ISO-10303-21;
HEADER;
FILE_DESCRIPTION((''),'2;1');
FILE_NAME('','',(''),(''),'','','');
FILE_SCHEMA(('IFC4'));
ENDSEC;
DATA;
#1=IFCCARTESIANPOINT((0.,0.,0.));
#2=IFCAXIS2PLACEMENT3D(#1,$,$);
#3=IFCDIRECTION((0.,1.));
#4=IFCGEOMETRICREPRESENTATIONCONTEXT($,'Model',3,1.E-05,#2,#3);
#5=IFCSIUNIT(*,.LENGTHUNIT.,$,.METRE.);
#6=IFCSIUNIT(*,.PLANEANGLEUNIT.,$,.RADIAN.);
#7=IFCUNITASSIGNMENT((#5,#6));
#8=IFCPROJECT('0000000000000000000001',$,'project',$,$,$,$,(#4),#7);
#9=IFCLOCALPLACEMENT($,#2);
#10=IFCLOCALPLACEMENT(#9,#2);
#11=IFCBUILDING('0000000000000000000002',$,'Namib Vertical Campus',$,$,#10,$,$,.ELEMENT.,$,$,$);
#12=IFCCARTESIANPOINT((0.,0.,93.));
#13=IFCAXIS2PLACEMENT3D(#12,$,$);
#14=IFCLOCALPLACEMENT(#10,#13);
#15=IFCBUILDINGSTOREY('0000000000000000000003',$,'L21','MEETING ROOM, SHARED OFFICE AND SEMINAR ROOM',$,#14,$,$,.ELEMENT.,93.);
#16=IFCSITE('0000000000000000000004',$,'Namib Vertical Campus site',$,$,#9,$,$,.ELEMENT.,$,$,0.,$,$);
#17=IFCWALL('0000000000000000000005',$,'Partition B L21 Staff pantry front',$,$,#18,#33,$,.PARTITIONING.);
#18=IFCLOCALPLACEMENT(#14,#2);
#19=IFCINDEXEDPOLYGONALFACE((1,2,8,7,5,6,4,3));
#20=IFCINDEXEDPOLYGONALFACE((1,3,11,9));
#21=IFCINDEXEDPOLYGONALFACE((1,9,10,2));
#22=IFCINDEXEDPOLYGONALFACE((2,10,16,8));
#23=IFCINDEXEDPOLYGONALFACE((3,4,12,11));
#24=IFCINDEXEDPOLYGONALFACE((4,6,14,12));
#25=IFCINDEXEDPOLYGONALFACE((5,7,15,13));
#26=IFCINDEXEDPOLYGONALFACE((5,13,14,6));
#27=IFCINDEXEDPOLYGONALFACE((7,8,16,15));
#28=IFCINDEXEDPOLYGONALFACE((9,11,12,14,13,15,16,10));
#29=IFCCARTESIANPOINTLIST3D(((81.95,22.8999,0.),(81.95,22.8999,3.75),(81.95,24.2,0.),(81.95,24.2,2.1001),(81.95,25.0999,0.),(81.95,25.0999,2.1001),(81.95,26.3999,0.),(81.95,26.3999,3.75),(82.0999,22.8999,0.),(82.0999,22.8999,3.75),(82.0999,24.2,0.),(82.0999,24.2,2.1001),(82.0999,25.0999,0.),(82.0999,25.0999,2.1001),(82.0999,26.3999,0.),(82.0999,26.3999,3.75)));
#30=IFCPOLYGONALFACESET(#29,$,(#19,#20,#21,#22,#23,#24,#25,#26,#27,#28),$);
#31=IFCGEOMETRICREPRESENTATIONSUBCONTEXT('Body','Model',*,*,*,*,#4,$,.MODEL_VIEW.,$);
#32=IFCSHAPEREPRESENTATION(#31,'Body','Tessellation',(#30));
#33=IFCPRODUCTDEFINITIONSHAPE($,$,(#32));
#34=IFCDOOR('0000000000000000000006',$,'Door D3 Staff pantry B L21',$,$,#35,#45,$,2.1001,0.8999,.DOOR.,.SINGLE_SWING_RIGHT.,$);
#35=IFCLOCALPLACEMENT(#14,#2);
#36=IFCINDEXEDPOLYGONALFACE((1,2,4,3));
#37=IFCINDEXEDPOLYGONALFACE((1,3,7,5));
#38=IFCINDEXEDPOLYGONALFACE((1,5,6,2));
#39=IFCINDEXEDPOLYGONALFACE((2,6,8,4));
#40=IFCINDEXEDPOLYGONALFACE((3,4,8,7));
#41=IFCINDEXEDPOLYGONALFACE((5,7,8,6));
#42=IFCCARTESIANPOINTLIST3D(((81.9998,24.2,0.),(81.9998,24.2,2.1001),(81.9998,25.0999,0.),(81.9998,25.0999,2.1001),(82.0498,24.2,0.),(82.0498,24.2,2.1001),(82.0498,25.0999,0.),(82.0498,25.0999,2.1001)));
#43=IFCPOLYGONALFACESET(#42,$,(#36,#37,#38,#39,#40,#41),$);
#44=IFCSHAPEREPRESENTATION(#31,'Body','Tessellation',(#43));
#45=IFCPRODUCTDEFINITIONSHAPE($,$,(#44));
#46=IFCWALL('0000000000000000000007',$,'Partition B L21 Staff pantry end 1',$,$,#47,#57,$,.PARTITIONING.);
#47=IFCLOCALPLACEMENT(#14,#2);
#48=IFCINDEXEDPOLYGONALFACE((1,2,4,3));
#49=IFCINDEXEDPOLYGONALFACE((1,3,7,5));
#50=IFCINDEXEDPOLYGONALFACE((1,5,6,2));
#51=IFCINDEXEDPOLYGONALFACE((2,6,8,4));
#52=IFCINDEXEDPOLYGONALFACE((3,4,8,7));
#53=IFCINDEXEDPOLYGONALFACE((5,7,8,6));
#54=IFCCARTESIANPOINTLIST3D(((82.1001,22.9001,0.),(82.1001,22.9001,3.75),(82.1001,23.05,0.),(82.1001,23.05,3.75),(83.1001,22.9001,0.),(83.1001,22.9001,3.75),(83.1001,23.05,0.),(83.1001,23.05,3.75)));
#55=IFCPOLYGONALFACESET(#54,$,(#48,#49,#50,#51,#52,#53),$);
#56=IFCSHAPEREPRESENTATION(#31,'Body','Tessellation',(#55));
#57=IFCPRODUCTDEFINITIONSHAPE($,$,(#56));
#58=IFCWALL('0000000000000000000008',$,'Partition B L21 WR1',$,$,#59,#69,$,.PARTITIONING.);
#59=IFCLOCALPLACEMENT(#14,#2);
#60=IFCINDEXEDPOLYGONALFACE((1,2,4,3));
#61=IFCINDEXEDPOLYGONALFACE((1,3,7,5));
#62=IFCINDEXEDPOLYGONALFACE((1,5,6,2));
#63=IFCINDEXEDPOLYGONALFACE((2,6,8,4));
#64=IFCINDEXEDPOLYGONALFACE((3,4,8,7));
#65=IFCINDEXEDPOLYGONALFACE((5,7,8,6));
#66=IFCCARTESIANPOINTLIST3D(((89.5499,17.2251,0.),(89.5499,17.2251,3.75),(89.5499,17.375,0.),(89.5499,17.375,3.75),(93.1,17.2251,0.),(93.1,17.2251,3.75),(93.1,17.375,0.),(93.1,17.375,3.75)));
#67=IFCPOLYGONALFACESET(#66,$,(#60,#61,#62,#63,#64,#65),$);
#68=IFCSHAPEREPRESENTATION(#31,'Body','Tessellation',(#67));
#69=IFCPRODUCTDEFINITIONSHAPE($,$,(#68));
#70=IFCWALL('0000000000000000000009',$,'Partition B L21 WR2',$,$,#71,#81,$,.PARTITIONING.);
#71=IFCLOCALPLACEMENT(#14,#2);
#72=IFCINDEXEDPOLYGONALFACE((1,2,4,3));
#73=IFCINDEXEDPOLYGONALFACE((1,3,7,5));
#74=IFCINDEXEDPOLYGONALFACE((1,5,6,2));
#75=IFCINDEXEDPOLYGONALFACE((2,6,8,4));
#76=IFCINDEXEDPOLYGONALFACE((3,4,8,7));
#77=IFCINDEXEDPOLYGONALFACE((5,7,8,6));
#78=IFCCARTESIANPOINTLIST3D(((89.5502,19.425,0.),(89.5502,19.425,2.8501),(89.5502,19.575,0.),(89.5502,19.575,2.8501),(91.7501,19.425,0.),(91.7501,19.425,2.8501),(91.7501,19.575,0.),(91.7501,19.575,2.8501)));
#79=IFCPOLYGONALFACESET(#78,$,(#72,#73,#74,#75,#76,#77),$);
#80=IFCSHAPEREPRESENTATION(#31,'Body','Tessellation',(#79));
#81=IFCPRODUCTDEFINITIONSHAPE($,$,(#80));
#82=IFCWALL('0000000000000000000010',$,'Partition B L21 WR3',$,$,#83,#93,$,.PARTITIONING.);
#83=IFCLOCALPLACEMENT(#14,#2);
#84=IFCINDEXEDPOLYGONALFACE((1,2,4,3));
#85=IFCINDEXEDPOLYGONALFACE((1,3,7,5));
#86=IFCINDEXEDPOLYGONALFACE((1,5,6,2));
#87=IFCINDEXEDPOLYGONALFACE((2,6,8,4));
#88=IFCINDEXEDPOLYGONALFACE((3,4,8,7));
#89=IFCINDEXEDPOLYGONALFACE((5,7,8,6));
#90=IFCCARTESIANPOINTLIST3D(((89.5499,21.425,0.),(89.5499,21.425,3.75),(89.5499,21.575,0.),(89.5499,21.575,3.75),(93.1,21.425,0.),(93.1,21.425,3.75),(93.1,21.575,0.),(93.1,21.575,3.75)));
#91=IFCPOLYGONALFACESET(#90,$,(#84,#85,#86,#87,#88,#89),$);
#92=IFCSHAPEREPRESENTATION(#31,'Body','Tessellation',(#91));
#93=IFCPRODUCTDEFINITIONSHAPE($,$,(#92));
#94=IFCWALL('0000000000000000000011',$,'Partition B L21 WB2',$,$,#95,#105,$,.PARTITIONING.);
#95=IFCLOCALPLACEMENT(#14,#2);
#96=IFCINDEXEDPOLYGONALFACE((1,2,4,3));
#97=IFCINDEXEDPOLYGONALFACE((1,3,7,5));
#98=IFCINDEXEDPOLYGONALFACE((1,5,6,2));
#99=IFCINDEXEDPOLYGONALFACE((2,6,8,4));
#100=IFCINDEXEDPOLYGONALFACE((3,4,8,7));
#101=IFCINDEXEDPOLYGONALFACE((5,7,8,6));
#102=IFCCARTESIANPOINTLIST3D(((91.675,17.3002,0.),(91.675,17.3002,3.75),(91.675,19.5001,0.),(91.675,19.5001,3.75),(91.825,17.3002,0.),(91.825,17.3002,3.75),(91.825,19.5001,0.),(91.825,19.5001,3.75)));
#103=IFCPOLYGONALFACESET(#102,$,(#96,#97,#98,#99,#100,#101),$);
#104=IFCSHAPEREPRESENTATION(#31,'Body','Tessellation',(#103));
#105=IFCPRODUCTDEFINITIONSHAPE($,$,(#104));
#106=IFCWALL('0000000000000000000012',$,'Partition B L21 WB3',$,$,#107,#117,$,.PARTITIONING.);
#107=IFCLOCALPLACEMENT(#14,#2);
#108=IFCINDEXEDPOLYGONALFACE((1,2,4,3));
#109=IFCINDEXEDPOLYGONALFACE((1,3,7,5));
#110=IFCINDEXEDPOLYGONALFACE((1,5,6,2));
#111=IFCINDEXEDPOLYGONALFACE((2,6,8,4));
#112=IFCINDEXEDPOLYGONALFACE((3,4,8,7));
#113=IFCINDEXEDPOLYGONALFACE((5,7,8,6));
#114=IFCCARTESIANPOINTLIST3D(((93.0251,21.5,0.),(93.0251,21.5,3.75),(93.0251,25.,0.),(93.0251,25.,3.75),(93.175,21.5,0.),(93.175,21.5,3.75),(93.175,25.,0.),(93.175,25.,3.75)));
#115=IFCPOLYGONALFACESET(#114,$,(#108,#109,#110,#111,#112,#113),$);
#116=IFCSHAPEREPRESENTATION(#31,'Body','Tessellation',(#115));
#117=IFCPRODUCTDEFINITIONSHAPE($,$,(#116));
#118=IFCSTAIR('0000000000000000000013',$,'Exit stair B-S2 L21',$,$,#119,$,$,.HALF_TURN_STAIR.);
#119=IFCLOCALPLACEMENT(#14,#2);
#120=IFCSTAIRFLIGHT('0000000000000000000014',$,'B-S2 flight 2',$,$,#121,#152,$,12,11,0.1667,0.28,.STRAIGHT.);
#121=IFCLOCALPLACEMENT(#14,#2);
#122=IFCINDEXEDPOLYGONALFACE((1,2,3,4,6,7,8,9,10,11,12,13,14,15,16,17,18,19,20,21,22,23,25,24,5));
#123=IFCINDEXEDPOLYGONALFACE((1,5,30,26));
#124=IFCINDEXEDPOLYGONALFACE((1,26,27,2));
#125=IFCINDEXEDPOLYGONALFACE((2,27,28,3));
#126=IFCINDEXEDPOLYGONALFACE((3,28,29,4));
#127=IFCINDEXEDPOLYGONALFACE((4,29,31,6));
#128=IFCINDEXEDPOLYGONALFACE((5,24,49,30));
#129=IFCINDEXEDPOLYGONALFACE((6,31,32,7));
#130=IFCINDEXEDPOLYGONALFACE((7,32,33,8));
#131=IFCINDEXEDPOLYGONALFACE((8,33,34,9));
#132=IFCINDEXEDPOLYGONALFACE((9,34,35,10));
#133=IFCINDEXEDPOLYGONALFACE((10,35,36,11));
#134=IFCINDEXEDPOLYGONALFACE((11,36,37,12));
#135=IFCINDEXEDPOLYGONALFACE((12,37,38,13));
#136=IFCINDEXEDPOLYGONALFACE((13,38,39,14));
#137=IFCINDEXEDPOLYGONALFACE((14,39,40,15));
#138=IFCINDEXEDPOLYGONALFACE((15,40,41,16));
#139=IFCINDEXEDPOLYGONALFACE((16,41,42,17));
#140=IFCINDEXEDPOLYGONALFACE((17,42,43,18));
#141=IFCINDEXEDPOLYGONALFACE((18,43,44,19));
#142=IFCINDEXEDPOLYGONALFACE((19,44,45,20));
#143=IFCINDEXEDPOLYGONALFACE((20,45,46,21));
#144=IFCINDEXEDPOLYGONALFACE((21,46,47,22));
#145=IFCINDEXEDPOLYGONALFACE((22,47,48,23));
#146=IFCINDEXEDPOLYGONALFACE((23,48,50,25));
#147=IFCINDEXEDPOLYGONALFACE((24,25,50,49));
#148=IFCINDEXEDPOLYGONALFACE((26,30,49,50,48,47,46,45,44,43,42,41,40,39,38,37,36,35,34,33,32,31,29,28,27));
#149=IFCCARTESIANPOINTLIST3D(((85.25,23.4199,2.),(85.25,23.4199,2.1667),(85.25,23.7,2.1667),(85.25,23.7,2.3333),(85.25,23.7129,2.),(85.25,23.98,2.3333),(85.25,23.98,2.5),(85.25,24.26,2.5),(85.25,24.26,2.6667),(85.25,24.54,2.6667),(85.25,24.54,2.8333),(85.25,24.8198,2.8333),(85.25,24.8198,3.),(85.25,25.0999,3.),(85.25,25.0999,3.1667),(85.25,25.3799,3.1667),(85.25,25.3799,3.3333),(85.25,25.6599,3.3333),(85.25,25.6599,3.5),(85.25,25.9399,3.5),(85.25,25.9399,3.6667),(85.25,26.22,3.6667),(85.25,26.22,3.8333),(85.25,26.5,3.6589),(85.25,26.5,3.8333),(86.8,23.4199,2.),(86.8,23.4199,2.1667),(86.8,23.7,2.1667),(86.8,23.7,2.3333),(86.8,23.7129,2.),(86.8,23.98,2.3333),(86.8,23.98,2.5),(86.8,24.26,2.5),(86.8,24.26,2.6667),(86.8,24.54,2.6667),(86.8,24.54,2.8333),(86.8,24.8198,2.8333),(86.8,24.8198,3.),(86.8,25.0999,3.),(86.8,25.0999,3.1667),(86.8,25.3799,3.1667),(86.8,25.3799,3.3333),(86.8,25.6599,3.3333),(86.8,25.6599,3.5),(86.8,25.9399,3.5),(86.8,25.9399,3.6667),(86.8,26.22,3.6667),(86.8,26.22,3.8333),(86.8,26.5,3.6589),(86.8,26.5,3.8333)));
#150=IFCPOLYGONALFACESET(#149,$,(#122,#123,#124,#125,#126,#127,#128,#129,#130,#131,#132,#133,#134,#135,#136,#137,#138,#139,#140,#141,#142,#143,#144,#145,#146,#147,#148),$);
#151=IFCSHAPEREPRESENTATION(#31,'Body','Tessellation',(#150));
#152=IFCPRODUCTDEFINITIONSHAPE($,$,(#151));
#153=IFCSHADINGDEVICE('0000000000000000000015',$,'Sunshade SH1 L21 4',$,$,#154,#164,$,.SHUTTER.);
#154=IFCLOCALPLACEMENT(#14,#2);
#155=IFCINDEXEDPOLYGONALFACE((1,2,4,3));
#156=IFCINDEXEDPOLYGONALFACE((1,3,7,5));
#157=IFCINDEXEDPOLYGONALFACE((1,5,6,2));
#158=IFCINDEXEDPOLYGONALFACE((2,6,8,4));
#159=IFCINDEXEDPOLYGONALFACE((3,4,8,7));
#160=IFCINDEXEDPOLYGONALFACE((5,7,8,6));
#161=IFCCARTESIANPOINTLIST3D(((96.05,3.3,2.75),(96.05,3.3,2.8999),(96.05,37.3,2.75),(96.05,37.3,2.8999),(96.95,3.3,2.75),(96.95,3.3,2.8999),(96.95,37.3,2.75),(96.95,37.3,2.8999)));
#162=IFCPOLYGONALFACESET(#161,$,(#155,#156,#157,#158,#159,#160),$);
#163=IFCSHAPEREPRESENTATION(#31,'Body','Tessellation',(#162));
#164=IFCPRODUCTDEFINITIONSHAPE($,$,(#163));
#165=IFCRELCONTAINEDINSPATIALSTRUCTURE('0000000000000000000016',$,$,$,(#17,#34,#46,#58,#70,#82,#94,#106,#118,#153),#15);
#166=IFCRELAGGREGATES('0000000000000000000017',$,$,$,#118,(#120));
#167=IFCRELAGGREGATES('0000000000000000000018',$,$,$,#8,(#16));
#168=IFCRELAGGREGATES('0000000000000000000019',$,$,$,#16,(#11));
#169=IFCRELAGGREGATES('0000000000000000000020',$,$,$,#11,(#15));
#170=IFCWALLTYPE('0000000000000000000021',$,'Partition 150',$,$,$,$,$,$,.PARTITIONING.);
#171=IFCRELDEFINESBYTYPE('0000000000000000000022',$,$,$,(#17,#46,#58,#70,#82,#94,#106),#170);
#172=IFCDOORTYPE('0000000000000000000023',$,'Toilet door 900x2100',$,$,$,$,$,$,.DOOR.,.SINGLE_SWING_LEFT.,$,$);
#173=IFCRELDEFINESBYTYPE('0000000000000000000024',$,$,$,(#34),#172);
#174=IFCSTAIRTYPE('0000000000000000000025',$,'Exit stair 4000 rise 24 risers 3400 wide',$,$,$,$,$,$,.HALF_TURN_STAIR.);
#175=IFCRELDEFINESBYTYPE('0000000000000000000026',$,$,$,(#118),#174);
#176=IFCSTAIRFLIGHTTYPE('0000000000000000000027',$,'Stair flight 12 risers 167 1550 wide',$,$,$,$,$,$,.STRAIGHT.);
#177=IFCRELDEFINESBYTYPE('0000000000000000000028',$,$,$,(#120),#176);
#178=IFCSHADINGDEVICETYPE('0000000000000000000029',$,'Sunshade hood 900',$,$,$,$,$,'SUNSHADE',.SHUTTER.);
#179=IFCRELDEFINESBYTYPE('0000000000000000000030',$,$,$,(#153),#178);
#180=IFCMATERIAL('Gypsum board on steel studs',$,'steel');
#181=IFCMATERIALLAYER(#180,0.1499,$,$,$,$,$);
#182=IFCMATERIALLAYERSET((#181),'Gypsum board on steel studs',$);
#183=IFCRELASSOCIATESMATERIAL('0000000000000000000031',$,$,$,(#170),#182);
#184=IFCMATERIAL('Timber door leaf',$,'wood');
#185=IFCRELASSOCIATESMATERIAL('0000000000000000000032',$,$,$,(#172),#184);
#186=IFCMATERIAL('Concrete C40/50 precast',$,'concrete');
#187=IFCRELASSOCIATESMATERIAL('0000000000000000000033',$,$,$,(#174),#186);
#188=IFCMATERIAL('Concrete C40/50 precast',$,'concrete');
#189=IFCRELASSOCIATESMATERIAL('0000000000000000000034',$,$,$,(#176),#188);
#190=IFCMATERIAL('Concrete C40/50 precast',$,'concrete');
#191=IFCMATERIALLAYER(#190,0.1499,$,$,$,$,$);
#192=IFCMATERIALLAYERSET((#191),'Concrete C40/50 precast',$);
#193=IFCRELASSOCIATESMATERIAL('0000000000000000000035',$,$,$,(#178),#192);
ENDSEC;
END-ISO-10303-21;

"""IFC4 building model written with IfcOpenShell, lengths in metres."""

from ifc_helpers import new_model, si_unit, direction, frame, frame_2d, origin, origin_2d, place, context, subcontext, project, spatial, polyline, rectangle, outline, extrude, material, layer, layer_set, type_object, element, fill, aggregate, save


model = new_model("IFC4")

# Units and contexts
model_context = context("Model", 3, precision=1e-05, world=origin(), true_north=direction((0.0, 1.0)))
body_context = subcontext(model_context, "Body", "Model", "MODEL_VIEW")
ifc_project = project(units=[si_unit("LENGTHUNIT", "METRE"), si_unit("PLANEANGLEUNIT", "RADIAN")], contexts=[model_context])

# Site, building, storey
site_placement = place(None, origin())
site = spatial("IfcSite", under=ifc_project, at=site_placement, Name="Namib Vertical Campus site", CompositionType="ELEMENT", RefElevation=0.0)
building_placement = place(site_placement, origin())
building = spatial("IfcBuilding", under=site, at=building_placement, Name="Namib Vertical Campus", CompositionType="ELEMENT")
storey_placement = place(building_placement, frame((0.0, 0.0, 93.0)))
storey = spatial("IfcBuildingStorey", under=building, at=storey_placement, Name="L21", Description="MEETING ROOM, SHARED OFFICE AND SEMINAR ROOM", CompositionType="ELEMENT", Elevation=93.0)

# Wall, opening, door
ifc_material_1 = material(Name="Gypsum board on steel studs", Category="steel")
ifc_layer_1 = layer(ifc_material_1, 0.1499)
ifc_layer_set_1 = layer_set([ifc_layer_1], Name="Gypsum board on steel studs")
wall_type_1 = type_object("IfcWallType", Name="Partition 150", PredefinedType="PARTITIONING", material=ifc_layer_set_1)
wall_1_placement = place(storey_placement, frame((82.0249, 22.8999, 0.0), z_axis=(0.0, 0.0, 1.0), x_axis=(0.0, 1.0, 0.0)))
wall_1 = element("IfcWall", 1, at=wall_1_placement, inside=storey, type_object=wall_type_1, Name="Partition B L21 Staff pantry front", PredefinedType="PARTITIONING", context=body_context, shape_type="SweptSolid", body=[
    extrude(rectangle(XDim=3.5, YDim=0.1499, at=frame_2d((1.75, 0.0))), origin(), (0.0, 0.0, 1.0), 3.75),
])
opening_1_placement = place(wall_1_placement, frame((1.3, 0.0, 0.0)))
opening_1 = element("IfcOpeningElement", 2, at=opening_1_placement, cuts=wall_1, PredefinedType="OPENING", context=body_context, shape_type="SweptSolid", body=[
    extrude(rectangle(XDim=0.8999, YDim=2.1001, at=frame_2d((0.45, 1.05))), frame((0.0, 0.085, 0.0), z_axis=(0.0, -1.0, 0.0), x_axis=(1.0, 0.0, 0.0)), (0.0, 0.0, 1.0), 0.1699),
])
ifc_material_2 = material(Name="Timber door leaf", Category="wood")
door_type_1 = type_object("IfcDoorType", Name="Toilet door 900x2100", OperationType="SINGLE_SWING_LEFT", PredefinedType="DOOR", material=ifc_material_2)
door_1_placement = place(opening_1_placement, frame((0.8999, 0.0, 0.0), z_axis=(0.0, 0.0, 1.0), x_axis=(-1.0, 0.0, 0.0)))
door_1 = element("IfcDoor", 3, at=door_1_placement, inside=storey, type_object=door_type_1, Name="Door D3 Staff pantry B L21", OperationType="SINGLE_SWING_RIGHT", OverallHeight=2.1001, OverallWidth=0.8999, PredefinedType="DOOR", context=body_context, shape_type="SweptSolid", body=[
    extrude(rectangle(XDim=0.8999, YDim=2.1001, at=frame_2d((0.45, 1.05))), frame((0.0, 0.0249, 0.0), z_axis=(0.0, -1.0, 0.0), x_axis=(1.0, 0.0, 0.0)), (0.0, 0.0, 1.0), 0.05),
])
fill(opening_1, door_1)

# Walls
wall_2_placement = place(storey_placement, frame((82.1001, 22.9751, 0.0), z_axis=(0.0, 0.0, 1.0), x_axis=(1.0, 0.0, 0.0)))
element("IfcWall", 4, at=wall_2_placement, inside=storey, type_object=wall_type_1, Name="Partition B L21 Staff pantry end 1", PredefinedType="PARTITIONING", context=body_context, shape_type="SweptSolid", body=[
    extrude(rectangle(XDim=1.0, YDim=0.1499, at=frame_2d((0.5, 0.0))), origin(), (0.0, 0.0, 1.0), 3.75),
])
wall_3_placement = place(storey_placement, frame((89.55, 17.3, 0.0), z_axis=(0.0, 0.0, 1.0), x_axis=(1.0, 0.0, 0.0)))
element("IfcWall", 5, at=wall_3_placement, inside=storey, type_object=wall_type_1, Name="Partition B L21 WR1", PredefinedType="PARTITIONING", context=body_context, shape_type="SweptSolid", body=[
    extrude(rectangle(XDim=3.55, YDim=0.1499, at=frame_2d((1.7749, 0.0))), origin(), (0.0, 0.0, 1.0), 3.75),
])
wall_4_placement = place(storey_placement, frame((89.55, 19.5, 0.0), z_axis=(0.0, 0.0, 1.0), x_axis=(1.0, 0.0, 0.0)))
element("IfcWall", 6, at=wall_4_placement, inside=storey, type_object=wall_type_1, Name="Partition B L21 WR2", PredefinedType="PARTITIONING", context=body_context, shape_type="SweptSolid", body=[
    extrude(rectangle(XDim=2.2, YDim=0.1499, at=frame_2d((1.1001, 0.0))), origin(), (0.0, 0.0, 1.0), 2.8501),
])
wall_5_placement = place(storey_placement, frame((89.55, 21.5, 0.0), z_axis=(0.0, 0.0, 1.0), x_axis=(1.0, 0.0, 0.0)))
element("IfcWall", 7, at=wall_5_placement, inside=storey, type_object=wall_type_1, Name="Partition B L21 WR3", PredefinedType="PARTITIONING", context=body_context, shape_type="SweptSolid", body=[
    extrude(rectangle(XDim=3.55, YDim=0.1499, at=frame_2d((1.7749, 0.0))), origin(), (0.0, 0.0, 1.0), 3.75),
])
wall_6_placement = place(storey_placement, frame((91.75, 17.3, 0.0), z_axis=(0.0, 0.0, 1.0), x_axis=(0.0, 1.0, 0.0)))
element("IfcWall", 8, at=wall_6_placement, inside=storey, type_object=wall_type_1, Name="Partition B L21 WB2", PredefinedType="PARTITIONING", context=body_context, shape_type="SweptSolid", body=[
    extrude(rectangle(XDim=2.2, YDim=0.1499, at=frame_2d((1.1001, 0.0))), origin(), (0.0, 0.0, 1.0), 3.75),
])
wall_7_placement = place(storey_placement, frame((93.1001, 21.5, 0.0), z_axis=(0.0, 0.0, 1.0), x_axis=(0.0, 1.0, 0.0)))
element("IfcWall", 9, at=wall_7_placement, inside=storey, type_object=wall_type_1, Name="Partition B L21 WB3", PredefinedType="PARTITIONING", context=body_context, shape_type="SweptSolid", body=[
    extrude(rectangle(XDim=3.5, YDim=0.1499, at=frame_2d((1.75, 0.0))), origin(), (0.0, 0.0, 1.0), 3.75),
])

# Stair, stair flight
ifc_material_3 = material(Name="Concrete C40/50 precast", Category="concrete")
stair_type = type_object("IfcStairType", Name="Exit stair 4000 rise 24 risers 3400 wide", PredefinedType="HALF_TURN_STAIR", material=ifc_material_3)
stair_placement = place(storey_placement, origin())
stair = element("IfcStair", 10, at=stair_placement, inside=storey, type_object=stair_type, Name="Exit stair B-S2 L21", PredefinedType="HALF_TURN_STAIR")
ifc_material_4 = material(Name="Concrete C40/50 precast", Category="concrete")
stair_flight_type = type_object("IfcStairFlightType", Name="Stair flight 12 risers 167 1550 wide", PredefinedType="STRAIGHT", material=ifc_material_4)
stair_flight_placement = place(storey_placement, frame((86.0249, 23.4199, 2.0), z_axis=(0.0, 0.0, 1.0), x_axis=(0.0, 1.0, 0.0)))
stair_flight = element("IfcStairFlight", 11, at=stair_flight_placement, type_object=stair_flight_type, Name="B-S2 flight 2", NumberOfRisers=12, NumberOfTreads=11, PredefinedType="STRAIGHT", RiserHeight=0.1667, TreadLength=0.28, context=body_context, shape_type="SweptSolid", body=[
    extrude(outline(polyline([(0.0, 0.0), (0.0, 0.1667), (0.28, 0.1667), (0.28, 0.3333), (0.5601, 0.3333), (0.5601, 0.5), (0.8401, 0.5), (0.8401, 0.6667), (1.1201, 0.6667), (1.1201, 0.8333), (1.3999, 0.8333), (1.3999, 1.0), (1.6799, 1.0), (1.6799, 1.1667), (1.96, 1.1667), (1.96, 1.3333), (2.24, 1.3333), (2.24, 1.5), (2.52, 1.5), (2.52, 1.6667), (2.8, 1.6667), (2.8, 1.8333), (3.0801, 1.8333), (3.0801, 2.0), (3.0801, 1.6589), (0.293, 0.0), (0.0, 0.0)])), frame((0.0, 0.7749, 0.0), z_axis=(0.0, -1.0, 0.0), x_axis=(1.0, 0.0, 0.0)), (0.0, 0.0, 1.0), 1.55),
])
aggregate(stair, [stair_flight])

# Shading device
ifc_material_5 = material(Name="Concrete C40/50 precast", Category="concrete")
ifc_layer_2 = layer(ifc_material_5, 0.1499)
ifc_layer_set_2 = layer_set([ifc_layer_2], Name="Concrete C40/50 precast")
shading_device_type = type_object("IfcShadingDeviceType", Name="Sunshade hood 900", ElementType="SUNSHADE", PredefinedType="SHUTTER", material=ifc_layer_set_2)
shading_device_placement = place(storey_placement, frame((96.5, 20.3, 2.75), z_axis=(0.0, 0.0, 1.0), x_axis=(0.0, 1.0, 0.0)))
element("IfcShadingDevice", 12, at=shading_device_placement, inside=storey, type_object=shading_device_type, Name="Sunshade SH1 L21 4", PredefinedType="SHUTTER", context=body_context, shape_type="SweptSolid", body=[
    extrude(rectangle(XDim=34.0, YDim=0.8999, at=origin_2d()), origin(), (0.0, 0.0, 1.0), 0.1499),
])

save(model, "model.ifc")
